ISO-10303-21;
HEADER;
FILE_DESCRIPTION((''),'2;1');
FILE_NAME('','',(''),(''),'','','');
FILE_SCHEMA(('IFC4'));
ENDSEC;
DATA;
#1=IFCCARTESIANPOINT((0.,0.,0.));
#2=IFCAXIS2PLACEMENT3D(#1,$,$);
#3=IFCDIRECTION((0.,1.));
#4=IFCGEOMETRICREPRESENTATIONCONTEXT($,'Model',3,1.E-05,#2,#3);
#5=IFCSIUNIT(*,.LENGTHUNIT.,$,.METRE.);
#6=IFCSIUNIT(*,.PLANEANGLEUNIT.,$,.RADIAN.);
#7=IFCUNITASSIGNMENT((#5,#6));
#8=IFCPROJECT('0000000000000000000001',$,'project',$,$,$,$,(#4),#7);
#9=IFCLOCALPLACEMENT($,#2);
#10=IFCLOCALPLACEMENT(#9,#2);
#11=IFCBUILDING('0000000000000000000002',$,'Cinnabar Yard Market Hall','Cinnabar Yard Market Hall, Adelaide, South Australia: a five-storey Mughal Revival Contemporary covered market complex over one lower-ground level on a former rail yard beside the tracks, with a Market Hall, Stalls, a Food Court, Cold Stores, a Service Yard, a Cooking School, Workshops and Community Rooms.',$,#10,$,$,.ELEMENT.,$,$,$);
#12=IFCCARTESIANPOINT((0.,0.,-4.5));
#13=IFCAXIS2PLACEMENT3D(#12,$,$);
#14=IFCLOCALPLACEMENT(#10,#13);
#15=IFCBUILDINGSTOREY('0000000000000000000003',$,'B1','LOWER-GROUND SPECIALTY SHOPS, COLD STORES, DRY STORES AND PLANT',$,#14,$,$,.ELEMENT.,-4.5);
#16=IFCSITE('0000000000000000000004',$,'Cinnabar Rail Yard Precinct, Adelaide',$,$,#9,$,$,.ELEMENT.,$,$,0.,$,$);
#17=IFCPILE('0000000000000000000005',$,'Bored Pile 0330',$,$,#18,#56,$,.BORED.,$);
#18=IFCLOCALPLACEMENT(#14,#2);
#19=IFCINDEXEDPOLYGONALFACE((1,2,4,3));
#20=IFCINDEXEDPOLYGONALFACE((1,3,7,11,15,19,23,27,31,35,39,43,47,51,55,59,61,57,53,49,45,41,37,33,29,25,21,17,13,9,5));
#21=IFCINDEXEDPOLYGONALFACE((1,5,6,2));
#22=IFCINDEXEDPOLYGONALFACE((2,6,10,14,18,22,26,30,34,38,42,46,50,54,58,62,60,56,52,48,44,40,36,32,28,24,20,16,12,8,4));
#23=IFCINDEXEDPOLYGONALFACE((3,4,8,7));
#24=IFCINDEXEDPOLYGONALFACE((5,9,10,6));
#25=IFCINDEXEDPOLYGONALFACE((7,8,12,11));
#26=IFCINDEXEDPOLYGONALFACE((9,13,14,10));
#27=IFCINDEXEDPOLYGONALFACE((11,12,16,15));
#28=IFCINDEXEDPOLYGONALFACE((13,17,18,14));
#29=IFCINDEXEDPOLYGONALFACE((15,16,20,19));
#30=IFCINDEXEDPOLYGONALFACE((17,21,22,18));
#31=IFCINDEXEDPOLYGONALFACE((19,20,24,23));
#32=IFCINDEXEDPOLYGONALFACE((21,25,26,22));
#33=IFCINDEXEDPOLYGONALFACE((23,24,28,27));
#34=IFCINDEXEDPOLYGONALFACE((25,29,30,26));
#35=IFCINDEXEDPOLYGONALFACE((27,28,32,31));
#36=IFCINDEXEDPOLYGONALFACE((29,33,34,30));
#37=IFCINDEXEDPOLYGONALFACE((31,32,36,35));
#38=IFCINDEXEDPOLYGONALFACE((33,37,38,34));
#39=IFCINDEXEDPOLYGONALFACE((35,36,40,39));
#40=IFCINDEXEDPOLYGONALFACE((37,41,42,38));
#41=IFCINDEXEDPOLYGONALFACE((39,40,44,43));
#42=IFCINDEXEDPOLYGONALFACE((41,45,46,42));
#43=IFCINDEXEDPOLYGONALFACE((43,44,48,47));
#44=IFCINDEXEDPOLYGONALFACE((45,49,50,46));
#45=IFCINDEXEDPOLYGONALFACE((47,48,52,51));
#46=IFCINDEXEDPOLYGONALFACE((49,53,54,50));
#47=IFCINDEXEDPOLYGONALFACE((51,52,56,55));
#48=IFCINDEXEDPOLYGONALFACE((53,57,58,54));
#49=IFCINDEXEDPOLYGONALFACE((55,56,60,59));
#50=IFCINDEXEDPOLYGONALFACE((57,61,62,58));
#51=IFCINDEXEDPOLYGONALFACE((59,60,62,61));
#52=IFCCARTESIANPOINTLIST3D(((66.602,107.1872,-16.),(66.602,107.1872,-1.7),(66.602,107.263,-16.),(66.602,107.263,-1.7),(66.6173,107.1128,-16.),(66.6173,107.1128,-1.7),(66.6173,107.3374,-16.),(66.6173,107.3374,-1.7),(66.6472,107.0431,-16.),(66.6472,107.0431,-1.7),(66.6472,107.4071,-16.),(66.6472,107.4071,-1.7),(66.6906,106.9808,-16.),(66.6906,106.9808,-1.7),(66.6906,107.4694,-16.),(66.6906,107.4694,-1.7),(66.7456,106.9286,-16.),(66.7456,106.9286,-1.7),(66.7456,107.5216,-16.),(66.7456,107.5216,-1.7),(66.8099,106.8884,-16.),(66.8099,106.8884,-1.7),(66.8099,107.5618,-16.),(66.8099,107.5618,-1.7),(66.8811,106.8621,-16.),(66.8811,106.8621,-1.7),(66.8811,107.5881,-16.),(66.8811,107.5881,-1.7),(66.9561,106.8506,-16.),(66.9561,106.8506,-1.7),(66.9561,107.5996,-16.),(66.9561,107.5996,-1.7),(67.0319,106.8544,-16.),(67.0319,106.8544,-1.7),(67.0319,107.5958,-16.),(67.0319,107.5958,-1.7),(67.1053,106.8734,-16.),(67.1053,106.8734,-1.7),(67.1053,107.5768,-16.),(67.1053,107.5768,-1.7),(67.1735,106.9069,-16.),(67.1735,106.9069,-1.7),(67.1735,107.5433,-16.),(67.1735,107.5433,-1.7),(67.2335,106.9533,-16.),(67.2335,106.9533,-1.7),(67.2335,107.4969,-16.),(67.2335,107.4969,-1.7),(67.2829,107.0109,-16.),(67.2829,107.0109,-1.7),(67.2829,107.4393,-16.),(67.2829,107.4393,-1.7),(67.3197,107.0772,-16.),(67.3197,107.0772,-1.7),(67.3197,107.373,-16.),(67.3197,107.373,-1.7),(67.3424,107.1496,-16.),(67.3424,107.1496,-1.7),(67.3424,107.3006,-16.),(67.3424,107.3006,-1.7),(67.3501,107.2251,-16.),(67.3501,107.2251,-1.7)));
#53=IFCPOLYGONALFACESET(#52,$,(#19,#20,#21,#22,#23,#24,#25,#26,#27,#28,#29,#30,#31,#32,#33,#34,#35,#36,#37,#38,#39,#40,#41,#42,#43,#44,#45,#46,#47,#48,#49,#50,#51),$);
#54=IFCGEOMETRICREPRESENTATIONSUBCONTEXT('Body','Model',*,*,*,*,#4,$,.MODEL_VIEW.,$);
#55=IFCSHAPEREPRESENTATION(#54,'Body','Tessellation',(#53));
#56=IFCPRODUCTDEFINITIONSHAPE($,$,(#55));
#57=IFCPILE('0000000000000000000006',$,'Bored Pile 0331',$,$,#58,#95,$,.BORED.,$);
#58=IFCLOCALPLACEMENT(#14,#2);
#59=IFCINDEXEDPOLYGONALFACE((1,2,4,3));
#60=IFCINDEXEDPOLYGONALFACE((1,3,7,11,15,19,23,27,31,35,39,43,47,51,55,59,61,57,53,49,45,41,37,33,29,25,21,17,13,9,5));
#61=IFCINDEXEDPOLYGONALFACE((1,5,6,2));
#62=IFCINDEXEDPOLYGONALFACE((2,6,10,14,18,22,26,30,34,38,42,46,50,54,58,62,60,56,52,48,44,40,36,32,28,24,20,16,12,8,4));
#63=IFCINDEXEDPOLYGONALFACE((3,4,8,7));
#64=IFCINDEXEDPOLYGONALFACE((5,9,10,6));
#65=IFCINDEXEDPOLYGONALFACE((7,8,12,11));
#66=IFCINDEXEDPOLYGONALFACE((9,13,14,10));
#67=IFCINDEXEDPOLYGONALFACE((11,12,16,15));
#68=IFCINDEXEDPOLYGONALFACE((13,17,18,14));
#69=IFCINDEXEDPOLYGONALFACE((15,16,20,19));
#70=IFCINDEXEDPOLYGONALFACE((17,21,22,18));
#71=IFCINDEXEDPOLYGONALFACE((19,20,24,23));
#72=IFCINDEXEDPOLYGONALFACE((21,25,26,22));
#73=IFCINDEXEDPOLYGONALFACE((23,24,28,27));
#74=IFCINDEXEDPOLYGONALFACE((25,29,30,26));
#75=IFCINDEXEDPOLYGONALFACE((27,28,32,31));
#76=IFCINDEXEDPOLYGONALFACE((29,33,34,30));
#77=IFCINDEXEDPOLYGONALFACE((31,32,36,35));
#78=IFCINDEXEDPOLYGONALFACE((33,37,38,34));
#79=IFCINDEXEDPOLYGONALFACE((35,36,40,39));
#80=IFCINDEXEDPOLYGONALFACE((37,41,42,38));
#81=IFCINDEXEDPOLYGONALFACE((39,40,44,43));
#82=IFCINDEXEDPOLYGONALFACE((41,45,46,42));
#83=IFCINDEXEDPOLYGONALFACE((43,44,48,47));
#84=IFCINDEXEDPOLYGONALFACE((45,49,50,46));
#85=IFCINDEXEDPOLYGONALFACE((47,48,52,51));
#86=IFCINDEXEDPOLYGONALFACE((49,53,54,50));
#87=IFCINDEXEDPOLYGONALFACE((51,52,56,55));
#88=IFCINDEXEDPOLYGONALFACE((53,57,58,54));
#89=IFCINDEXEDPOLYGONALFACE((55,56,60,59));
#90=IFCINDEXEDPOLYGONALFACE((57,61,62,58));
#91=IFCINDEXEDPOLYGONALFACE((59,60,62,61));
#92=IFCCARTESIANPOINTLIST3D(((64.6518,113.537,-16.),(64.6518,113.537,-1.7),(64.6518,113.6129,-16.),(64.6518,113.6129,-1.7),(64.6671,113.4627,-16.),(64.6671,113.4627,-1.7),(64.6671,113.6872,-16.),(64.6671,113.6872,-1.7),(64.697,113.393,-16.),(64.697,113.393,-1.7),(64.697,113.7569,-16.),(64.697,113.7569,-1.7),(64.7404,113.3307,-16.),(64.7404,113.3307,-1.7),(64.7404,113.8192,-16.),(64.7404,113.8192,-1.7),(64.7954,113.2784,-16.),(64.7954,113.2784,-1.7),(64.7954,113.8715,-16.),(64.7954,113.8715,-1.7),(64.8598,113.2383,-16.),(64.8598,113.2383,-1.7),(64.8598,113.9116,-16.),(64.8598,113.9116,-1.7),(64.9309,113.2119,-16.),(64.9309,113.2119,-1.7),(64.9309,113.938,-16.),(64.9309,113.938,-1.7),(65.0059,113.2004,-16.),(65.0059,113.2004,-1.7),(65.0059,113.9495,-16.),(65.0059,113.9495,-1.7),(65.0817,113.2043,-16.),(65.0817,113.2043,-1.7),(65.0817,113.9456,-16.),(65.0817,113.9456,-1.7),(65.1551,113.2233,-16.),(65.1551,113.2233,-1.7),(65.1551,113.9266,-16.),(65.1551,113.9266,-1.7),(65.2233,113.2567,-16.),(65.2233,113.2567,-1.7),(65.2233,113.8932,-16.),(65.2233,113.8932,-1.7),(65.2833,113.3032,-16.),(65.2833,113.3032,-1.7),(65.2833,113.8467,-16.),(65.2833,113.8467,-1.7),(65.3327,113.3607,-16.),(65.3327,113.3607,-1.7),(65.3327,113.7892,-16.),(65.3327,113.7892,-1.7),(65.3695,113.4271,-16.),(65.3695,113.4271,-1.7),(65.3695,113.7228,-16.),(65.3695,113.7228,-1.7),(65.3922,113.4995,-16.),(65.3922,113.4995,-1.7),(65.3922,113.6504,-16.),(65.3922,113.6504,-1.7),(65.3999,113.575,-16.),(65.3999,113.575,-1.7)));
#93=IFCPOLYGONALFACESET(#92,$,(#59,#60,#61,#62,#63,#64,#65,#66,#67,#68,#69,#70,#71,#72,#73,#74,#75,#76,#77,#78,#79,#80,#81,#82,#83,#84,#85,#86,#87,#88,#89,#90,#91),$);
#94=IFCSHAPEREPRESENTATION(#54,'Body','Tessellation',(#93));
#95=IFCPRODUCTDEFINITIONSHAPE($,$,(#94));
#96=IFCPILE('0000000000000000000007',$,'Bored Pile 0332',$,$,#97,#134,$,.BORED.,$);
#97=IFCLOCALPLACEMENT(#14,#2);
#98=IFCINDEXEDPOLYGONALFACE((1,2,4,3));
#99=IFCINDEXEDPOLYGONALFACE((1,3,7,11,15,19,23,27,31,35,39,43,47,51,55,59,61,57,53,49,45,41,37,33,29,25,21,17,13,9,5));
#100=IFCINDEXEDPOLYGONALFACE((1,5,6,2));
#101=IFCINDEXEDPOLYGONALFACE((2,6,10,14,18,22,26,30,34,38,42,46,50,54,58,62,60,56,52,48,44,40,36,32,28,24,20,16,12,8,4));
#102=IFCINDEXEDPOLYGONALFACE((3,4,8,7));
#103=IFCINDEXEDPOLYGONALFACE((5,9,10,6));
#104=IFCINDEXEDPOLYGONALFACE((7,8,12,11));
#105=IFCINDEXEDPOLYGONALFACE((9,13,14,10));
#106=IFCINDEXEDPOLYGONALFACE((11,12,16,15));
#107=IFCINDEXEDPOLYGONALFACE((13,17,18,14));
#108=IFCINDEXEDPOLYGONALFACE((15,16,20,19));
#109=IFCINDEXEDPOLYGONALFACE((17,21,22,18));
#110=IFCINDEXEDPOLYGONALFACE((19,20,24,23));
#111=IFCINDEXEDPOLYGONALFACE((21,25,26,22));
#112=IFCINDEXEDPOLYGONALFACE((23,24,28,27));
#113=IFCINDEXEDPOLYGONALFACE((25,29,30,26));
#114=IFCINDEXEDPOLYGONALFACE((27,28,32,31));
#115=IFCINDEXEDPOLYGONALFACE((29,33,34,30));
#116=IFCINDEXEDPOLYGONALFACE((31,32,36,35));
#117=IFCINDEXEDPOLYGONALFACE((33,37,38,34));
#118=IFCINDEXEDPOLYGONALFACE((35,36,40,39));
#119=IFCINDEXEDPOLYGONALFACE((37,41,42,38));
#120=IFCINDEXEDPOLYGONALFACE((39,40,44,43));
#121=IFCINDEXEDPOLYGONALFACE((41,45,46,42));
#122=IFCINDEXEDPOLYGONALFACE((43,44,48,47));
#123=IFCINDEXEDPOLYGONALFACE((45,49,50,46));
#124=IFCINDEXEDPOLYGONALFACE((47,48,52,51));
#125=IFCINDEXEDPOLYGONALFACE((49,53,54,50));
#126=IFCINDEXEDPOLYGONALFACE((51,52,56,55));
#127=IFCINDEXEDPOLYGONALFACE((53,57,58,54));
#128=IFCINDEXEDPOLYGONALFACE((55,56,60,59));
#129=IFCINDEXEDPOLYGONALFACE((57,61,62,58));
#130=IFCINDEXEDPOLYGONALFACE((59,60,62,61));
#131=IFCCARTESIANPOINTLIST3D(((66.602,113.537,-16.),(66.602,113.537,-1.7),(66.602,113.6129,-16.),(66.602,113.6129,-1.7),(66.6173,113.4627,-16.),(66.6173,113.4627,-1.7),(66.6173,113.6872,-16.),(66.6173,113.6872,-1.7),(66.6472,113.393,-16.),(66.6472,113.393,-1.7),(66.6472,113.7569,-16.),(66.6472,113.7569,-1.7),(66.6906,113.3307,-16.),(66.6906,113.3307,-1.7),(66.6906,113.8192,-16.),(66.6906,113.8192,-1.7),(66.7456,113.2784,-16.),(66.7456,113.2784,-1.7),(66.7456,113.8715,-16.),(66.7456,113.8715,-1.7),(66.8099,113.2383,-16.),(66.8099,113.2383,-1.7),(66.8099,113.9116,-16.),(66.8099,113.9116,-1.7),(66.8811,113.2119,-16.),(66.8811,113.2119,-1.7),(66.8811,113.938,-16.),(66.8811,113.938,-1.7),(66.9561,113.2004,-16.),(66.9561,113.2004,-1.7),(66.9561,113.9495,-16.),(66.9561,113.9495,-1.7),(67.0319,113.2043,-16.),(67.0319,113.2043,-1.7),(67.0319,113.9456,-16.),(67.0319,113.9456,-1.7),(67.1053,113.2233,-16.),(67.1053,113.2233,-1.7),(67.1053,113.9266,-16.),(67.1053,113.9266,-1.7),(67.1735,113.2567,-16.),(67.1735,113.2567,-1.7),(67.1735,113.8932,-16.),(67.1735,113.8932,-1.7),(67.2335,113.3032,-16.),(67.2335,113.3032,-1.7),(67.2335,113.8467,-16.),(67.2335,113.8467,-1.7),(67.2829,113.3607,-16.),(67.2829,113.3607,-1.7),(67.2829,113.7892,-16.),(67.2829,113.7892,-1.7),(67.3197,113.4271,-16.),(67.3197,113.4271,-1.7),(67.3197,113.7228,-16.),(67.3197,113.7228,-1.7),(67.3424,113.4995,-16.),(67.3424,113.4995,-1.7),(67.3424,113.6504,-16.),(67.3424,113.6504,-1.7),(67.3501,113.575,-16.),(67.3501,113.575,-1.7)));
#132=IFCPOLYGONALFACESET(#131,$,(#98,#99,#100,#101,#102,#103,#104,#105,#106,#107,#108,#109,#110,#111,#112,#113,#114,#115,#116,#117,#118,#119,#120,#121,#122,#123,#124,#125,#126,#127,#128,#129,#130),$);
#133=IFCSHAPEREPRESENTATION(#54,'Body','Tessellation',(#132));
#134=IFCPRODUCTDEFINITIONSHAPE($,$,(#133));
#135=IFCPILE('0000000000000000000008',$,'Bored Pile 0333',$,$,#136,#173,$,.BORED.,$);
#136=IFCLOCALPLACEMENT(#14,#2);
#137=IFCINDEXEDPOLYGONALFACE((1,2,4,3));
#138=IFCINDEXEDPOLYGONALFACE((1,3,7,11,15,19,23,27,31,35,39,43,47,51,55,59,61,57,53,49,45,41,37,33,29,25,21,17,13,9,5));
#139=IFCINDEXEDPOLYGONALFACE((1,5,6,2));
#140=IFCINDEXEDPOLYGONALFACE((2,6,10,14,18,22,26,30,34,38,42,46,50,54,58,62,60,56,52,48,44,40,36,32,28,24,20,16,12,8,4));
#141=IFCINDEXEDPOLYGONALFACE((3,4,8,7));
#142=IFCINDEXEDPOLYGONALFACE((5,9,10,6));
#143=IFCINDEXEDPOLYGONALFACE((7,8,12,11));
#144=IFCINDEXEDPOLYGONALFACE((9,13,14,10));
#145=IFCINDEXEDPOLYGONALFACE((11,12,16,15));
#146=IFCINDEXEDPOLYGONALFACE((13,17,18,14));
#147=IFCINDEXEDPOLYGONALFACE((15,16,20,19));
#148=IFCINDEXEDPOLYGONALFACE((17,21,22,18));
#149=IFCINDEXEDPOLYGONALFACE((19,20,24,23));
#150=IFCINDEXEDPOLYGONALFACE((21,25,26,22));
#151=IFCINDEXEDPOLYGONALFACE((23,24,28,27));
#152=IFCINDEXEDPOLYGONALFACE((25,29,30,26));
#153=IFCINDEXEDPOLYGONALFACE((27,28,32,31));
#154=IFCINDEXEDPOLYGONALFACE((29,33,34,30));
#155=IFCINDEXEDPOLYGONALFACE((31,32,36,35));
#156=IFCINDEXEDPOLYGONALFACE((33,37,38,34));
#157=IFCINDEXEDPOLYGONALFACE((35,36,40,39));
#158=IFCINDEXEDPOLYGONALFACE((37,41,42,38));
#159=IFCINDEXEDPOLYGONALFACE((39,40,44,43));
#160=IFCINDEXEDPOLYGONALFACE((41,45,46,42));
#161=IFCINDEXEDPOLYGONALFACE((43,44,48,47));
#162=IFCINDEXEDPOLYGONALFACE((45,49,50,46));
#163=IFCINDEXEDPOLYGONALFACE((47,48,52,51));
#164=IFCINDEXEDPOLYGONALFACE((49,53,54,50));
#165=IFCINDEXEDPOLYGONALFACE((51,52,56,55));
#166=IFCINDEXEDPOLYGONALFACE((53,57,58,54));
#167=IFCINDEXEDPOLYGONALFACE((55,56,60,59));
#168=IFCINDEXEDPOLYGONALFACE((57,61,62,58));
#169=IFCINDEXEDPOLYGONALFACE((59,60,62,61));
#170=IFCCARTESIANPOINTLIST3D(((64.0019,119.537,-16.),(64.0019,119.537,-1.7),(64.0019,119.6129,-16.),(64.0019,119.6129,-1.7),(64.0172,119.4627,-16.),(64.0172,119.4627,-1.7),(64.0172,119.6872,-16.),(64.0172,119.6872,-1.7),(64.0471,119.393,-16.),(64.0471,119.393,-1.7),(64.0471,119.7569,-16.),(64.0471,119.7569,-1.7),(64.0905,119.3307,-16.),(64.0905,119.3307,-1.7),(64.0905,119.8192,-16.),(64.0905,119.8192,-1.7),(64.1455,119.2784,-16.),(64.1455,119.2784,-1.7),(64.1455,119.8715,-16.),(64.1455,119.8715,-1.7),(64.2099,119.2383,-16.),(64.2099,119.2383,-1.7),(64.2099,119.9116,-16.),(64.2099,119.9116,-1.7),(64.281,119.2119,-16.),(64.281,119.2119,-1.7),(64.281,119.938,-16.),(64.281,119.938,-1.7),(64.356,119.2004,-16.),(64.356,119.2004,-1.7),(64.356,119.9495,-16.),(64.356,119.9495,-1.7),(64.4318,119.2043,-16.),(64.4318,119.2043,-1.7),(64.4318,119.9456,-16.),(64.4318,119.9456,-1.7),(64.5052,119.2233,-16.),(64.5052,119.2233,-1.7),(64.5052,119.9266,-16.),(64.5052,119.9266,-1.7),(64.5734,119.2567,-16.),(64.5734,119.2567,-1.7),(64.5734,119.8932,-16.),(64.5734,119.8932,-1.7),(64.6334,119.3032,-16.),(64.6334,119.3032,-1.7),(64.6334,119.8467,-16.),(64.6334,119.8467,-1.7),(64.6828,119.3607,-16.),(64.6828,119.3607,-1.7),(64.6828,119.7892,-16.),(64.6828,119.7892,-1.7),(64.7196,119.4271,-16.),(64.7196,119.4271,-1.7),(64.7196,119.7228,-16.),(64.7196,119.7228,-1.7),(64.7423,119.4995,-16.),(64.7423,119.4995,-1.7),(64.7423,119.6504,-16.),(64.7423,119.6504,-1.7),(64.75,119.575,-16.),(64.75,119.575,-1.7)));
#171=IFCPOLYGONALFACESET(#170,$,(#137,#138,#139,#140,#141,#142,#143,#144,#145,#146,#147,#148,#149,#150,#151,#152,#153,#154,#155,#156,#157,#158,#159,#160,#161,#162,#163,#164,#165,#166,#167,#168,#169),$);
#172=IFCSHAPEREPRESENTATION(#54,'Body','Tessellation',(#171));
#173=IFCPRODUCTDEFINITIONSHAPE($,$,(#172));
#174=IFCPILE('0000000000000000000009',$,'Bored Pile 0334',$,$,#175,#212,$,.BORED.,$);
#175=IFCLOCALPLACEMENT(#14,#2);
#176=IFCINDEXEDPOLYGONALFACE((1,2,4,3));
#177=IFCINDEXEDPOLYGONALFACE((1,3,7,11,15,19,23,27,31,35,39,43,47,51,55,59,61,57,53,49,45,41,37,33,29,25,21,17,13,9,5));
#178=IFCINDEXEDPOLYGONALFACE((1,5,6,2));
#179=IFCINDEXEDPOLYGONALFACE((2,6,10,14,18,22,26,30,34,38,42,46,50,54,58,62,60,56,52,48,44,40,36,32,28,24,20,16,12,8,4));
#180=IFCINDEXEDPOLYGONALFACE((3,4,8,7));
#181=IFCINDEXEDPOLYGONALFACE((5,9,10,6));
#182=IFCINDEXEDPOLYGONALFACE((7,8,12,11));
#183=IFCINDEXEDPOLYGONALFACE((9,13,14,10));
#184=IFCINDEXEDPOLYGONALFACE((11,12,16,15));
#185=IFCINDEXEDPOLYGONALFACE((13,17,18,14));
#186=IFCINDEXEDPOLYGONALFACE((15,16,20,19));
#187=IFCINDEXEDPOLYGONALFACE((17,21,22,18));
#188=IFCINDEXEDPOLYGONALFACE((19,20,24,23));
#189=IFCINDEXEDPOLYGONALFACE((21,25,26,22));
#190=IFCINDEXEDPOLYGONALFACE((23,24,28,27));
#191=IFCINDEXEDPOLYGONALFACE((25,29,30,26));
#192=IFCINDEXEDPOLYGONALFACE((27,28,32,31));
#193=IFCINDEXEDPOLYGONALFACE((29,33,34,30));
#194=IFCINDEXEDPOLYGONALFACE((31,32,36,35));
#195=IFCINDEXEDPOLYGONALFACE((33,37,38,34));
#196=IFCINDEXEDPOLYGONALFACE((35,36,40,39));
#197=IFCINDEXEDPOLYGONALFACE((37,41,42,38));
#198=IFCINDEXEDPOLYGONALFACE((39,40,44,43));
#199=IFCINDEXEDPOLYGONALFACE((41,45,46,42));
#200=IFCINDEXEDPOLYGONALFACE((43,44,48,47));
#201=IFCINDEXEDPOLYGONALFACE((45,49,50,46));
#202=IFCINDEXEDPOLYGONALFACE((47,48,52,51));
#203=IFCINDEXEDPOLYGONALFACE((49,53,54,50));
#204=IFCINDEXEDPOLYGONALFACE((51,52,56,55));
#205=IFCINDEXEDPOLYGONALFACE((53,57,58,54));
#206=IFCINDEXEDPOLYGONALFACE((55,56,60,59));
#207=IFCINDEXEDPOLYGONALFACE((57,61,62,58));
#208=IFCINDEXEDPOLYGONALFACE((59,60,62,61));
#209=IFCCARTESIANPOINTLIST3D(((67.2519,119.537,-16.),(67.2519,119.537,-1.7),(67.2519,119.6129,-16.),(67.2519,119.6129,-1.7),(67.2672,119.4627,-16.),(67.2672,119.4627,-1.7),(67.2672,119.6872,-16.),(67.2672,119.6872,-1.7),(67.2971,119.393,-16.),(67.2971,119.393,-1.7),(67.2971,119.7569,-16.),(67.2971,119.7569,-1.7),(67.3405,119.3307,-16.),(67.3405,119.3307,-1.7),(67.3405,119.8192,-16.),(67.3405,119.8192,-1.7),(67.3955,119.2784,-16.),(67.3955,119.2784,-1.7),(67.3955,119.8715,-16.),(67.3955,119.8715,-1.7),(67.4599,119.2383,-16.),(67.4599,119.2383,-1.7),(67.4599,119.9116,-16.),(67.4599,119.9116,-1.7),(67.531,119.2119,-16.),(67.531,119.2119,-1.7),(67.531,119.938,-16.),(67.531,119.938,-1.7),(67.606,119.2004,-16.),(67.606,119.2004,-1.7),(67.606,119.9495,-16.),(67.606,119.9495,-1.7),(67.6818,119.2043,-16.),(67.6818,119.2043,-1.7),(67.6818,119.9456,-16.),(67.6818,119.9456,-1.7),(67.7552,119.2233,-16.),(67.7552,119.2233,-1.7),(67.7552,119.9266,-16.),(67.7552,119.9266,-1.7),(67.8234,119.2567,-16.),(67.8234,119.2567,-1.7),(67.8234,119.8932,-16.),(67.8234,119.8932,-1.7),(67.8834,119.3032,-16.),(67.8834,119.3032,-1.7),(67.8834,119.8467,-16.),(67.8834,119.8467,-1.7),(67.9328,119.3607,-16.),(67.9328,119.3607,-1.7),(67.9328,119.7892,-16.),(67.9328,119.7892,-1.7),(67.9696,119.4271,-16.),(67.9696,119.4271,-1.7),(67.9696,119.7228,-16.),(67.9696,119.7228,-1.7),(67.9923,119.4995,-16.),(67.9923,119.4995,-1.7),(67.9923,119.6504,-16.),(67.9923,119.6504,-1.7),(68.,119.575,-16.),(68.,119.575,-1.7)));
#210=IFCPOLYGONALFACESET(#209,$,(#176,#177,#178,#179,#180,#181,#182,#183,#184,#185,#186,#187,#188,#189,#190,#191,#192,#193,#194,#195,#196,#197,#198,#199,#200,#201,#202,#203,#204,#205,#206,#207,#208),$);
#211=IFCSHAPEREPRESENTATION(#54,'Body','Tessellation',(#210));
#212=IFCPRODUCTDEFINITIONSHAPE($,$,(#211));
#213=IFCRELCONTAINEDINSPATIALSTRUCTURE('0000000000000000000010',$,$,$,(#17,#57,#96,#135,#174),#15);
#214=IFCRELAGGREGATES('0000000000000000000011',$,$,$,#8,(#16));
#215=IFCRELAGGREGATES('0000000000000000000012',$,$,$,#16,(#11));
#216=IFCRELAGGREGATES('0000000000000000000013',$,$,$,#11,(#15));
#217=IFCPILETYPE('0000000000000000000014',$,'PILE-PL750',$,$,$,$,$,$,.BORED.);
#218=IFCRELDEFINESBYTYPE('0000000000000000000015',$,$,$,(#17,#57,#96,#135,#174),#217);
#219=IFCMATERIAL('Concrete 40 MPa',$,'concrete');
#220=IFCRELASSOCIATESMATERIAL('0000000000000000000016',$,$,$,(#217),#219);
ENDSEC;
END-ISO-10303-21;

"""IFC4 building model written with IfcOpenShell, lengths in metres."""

from ifc_helpers import new_model, si_unit, direction, frame, origin, origin_2d_with_axis, place, context, subcontext, project, spatial, circle, extrude, material, material_profile, profile_set, type_object, element, save


model = new_model("IFC4")

# Units and contexts
model_context = context("Model", 3, precision=1e-05, world=origin(), true_north=direction((0.0, 1.0)))
body_context = subcontext(model_context, "Body", "Model", "MODEL_VIEW")
ifc_project = project(units=[si_unit("LENGTHUNIT", "METRE"), si_unit("PLANEANGLEUNIT", "RADIAN")], contexts=[model_context])

# Site, building, storey
site_placement = place(None, origin())
site = spatial("IfcSite", under=ifc_project, at=site_placement, Name="Cinnabar Rail Yard Precinct, Adelaide", CompositionType="ELEMENT", RefElevation=0.0)
building_placement = place(site_placement, origin())
building = spatial("IfcBuilding", under=site, at=building_placement, Name="Cinnabar Yard Market Hall", Description="Cinnabar Yard Market Hall, Adelaide, South Australia: a five-storey Mughal Revival Contemporary covered market complex over one lower-ground level on a former rail yard beside the tracks, with a Market Hall, Stalls, a Food Court, Cold Stores, a Service Yard, a Cooking School, Workshops and Community Rooms.", CompositionType="ELEMENT")
storey_placement = place(building_placement, frame((0.0, 0.0, -4.5)))
storey = spatial("IfcBuildingStorey", under=building, at=storey_placement, Name="B1", Description="LOWER-GROUND SPECIALTY SHOPS, COLD STORES, DRY STORES AND PLANT", CompositionType="ELEMENT", Elevation=-4.5)

# Shared definitions
ifc_material_1 = material(Name="Concrete 40 MPa", Category="concrete")

# Piles
ifc_material_profile_1 = material_profile(ifc_material_1, circle(Radius=0.375, at=origin_2d_with_axis()), Name="PILE-D750")
ifc_profile_set_1 = profile_set([ifc_material_profile_1], Name="Concrete 40 MPa")
pile_type = type_object("IfcPileType", Name="PILE-PL750", PredefinedType="BORED", material=ifc_profile_set_1)
for number, where, z_axis, x_axis, name in (
    (1, (66.9751, 107.2251, -1.7), (0.0, 0.0, -1.0), (1.0, 0.0, 0.0), "Bored Pile 0330"),
    (2, (65.0249, 113.575, -1.7), (0.0, 0.0, -1.0), (1.0, 0.0, 0.0), "Bored Pile 0331"),
    (3, (66.9751, 113.575, -1.7), (0.0, 0.0, -1.0), (1.0, 0.0, 0.0), "Bored Pile 0332"),
    (4, (64.375, 119.575, -1.7), (0.0, 0.0, -1.0), (1.0, 0.0, 0.0), "Bored Pile 0333"),
    (5, (67.625, 119.575, -1.7), (0.0, 0.0, -1.0), (1.0, 0.0, 0.0), "Bored Pile 0334"),
):
    element("IfcPile", number, at=place(storey_placement, frame(where, z_axis=z_axis, x_axis=x_axis)), inside=storey, type_object=pile_type, Name=name, PredefinedType="BORED", context=body_context, shape_type="SweptSolid", body=[
        extrude(circle(Radius=0.375, at=origin_2d_with_axis()), origin(), (0.0, 0.0, 1.0), 14.3),
    ])

save(model, "model.ifc")
